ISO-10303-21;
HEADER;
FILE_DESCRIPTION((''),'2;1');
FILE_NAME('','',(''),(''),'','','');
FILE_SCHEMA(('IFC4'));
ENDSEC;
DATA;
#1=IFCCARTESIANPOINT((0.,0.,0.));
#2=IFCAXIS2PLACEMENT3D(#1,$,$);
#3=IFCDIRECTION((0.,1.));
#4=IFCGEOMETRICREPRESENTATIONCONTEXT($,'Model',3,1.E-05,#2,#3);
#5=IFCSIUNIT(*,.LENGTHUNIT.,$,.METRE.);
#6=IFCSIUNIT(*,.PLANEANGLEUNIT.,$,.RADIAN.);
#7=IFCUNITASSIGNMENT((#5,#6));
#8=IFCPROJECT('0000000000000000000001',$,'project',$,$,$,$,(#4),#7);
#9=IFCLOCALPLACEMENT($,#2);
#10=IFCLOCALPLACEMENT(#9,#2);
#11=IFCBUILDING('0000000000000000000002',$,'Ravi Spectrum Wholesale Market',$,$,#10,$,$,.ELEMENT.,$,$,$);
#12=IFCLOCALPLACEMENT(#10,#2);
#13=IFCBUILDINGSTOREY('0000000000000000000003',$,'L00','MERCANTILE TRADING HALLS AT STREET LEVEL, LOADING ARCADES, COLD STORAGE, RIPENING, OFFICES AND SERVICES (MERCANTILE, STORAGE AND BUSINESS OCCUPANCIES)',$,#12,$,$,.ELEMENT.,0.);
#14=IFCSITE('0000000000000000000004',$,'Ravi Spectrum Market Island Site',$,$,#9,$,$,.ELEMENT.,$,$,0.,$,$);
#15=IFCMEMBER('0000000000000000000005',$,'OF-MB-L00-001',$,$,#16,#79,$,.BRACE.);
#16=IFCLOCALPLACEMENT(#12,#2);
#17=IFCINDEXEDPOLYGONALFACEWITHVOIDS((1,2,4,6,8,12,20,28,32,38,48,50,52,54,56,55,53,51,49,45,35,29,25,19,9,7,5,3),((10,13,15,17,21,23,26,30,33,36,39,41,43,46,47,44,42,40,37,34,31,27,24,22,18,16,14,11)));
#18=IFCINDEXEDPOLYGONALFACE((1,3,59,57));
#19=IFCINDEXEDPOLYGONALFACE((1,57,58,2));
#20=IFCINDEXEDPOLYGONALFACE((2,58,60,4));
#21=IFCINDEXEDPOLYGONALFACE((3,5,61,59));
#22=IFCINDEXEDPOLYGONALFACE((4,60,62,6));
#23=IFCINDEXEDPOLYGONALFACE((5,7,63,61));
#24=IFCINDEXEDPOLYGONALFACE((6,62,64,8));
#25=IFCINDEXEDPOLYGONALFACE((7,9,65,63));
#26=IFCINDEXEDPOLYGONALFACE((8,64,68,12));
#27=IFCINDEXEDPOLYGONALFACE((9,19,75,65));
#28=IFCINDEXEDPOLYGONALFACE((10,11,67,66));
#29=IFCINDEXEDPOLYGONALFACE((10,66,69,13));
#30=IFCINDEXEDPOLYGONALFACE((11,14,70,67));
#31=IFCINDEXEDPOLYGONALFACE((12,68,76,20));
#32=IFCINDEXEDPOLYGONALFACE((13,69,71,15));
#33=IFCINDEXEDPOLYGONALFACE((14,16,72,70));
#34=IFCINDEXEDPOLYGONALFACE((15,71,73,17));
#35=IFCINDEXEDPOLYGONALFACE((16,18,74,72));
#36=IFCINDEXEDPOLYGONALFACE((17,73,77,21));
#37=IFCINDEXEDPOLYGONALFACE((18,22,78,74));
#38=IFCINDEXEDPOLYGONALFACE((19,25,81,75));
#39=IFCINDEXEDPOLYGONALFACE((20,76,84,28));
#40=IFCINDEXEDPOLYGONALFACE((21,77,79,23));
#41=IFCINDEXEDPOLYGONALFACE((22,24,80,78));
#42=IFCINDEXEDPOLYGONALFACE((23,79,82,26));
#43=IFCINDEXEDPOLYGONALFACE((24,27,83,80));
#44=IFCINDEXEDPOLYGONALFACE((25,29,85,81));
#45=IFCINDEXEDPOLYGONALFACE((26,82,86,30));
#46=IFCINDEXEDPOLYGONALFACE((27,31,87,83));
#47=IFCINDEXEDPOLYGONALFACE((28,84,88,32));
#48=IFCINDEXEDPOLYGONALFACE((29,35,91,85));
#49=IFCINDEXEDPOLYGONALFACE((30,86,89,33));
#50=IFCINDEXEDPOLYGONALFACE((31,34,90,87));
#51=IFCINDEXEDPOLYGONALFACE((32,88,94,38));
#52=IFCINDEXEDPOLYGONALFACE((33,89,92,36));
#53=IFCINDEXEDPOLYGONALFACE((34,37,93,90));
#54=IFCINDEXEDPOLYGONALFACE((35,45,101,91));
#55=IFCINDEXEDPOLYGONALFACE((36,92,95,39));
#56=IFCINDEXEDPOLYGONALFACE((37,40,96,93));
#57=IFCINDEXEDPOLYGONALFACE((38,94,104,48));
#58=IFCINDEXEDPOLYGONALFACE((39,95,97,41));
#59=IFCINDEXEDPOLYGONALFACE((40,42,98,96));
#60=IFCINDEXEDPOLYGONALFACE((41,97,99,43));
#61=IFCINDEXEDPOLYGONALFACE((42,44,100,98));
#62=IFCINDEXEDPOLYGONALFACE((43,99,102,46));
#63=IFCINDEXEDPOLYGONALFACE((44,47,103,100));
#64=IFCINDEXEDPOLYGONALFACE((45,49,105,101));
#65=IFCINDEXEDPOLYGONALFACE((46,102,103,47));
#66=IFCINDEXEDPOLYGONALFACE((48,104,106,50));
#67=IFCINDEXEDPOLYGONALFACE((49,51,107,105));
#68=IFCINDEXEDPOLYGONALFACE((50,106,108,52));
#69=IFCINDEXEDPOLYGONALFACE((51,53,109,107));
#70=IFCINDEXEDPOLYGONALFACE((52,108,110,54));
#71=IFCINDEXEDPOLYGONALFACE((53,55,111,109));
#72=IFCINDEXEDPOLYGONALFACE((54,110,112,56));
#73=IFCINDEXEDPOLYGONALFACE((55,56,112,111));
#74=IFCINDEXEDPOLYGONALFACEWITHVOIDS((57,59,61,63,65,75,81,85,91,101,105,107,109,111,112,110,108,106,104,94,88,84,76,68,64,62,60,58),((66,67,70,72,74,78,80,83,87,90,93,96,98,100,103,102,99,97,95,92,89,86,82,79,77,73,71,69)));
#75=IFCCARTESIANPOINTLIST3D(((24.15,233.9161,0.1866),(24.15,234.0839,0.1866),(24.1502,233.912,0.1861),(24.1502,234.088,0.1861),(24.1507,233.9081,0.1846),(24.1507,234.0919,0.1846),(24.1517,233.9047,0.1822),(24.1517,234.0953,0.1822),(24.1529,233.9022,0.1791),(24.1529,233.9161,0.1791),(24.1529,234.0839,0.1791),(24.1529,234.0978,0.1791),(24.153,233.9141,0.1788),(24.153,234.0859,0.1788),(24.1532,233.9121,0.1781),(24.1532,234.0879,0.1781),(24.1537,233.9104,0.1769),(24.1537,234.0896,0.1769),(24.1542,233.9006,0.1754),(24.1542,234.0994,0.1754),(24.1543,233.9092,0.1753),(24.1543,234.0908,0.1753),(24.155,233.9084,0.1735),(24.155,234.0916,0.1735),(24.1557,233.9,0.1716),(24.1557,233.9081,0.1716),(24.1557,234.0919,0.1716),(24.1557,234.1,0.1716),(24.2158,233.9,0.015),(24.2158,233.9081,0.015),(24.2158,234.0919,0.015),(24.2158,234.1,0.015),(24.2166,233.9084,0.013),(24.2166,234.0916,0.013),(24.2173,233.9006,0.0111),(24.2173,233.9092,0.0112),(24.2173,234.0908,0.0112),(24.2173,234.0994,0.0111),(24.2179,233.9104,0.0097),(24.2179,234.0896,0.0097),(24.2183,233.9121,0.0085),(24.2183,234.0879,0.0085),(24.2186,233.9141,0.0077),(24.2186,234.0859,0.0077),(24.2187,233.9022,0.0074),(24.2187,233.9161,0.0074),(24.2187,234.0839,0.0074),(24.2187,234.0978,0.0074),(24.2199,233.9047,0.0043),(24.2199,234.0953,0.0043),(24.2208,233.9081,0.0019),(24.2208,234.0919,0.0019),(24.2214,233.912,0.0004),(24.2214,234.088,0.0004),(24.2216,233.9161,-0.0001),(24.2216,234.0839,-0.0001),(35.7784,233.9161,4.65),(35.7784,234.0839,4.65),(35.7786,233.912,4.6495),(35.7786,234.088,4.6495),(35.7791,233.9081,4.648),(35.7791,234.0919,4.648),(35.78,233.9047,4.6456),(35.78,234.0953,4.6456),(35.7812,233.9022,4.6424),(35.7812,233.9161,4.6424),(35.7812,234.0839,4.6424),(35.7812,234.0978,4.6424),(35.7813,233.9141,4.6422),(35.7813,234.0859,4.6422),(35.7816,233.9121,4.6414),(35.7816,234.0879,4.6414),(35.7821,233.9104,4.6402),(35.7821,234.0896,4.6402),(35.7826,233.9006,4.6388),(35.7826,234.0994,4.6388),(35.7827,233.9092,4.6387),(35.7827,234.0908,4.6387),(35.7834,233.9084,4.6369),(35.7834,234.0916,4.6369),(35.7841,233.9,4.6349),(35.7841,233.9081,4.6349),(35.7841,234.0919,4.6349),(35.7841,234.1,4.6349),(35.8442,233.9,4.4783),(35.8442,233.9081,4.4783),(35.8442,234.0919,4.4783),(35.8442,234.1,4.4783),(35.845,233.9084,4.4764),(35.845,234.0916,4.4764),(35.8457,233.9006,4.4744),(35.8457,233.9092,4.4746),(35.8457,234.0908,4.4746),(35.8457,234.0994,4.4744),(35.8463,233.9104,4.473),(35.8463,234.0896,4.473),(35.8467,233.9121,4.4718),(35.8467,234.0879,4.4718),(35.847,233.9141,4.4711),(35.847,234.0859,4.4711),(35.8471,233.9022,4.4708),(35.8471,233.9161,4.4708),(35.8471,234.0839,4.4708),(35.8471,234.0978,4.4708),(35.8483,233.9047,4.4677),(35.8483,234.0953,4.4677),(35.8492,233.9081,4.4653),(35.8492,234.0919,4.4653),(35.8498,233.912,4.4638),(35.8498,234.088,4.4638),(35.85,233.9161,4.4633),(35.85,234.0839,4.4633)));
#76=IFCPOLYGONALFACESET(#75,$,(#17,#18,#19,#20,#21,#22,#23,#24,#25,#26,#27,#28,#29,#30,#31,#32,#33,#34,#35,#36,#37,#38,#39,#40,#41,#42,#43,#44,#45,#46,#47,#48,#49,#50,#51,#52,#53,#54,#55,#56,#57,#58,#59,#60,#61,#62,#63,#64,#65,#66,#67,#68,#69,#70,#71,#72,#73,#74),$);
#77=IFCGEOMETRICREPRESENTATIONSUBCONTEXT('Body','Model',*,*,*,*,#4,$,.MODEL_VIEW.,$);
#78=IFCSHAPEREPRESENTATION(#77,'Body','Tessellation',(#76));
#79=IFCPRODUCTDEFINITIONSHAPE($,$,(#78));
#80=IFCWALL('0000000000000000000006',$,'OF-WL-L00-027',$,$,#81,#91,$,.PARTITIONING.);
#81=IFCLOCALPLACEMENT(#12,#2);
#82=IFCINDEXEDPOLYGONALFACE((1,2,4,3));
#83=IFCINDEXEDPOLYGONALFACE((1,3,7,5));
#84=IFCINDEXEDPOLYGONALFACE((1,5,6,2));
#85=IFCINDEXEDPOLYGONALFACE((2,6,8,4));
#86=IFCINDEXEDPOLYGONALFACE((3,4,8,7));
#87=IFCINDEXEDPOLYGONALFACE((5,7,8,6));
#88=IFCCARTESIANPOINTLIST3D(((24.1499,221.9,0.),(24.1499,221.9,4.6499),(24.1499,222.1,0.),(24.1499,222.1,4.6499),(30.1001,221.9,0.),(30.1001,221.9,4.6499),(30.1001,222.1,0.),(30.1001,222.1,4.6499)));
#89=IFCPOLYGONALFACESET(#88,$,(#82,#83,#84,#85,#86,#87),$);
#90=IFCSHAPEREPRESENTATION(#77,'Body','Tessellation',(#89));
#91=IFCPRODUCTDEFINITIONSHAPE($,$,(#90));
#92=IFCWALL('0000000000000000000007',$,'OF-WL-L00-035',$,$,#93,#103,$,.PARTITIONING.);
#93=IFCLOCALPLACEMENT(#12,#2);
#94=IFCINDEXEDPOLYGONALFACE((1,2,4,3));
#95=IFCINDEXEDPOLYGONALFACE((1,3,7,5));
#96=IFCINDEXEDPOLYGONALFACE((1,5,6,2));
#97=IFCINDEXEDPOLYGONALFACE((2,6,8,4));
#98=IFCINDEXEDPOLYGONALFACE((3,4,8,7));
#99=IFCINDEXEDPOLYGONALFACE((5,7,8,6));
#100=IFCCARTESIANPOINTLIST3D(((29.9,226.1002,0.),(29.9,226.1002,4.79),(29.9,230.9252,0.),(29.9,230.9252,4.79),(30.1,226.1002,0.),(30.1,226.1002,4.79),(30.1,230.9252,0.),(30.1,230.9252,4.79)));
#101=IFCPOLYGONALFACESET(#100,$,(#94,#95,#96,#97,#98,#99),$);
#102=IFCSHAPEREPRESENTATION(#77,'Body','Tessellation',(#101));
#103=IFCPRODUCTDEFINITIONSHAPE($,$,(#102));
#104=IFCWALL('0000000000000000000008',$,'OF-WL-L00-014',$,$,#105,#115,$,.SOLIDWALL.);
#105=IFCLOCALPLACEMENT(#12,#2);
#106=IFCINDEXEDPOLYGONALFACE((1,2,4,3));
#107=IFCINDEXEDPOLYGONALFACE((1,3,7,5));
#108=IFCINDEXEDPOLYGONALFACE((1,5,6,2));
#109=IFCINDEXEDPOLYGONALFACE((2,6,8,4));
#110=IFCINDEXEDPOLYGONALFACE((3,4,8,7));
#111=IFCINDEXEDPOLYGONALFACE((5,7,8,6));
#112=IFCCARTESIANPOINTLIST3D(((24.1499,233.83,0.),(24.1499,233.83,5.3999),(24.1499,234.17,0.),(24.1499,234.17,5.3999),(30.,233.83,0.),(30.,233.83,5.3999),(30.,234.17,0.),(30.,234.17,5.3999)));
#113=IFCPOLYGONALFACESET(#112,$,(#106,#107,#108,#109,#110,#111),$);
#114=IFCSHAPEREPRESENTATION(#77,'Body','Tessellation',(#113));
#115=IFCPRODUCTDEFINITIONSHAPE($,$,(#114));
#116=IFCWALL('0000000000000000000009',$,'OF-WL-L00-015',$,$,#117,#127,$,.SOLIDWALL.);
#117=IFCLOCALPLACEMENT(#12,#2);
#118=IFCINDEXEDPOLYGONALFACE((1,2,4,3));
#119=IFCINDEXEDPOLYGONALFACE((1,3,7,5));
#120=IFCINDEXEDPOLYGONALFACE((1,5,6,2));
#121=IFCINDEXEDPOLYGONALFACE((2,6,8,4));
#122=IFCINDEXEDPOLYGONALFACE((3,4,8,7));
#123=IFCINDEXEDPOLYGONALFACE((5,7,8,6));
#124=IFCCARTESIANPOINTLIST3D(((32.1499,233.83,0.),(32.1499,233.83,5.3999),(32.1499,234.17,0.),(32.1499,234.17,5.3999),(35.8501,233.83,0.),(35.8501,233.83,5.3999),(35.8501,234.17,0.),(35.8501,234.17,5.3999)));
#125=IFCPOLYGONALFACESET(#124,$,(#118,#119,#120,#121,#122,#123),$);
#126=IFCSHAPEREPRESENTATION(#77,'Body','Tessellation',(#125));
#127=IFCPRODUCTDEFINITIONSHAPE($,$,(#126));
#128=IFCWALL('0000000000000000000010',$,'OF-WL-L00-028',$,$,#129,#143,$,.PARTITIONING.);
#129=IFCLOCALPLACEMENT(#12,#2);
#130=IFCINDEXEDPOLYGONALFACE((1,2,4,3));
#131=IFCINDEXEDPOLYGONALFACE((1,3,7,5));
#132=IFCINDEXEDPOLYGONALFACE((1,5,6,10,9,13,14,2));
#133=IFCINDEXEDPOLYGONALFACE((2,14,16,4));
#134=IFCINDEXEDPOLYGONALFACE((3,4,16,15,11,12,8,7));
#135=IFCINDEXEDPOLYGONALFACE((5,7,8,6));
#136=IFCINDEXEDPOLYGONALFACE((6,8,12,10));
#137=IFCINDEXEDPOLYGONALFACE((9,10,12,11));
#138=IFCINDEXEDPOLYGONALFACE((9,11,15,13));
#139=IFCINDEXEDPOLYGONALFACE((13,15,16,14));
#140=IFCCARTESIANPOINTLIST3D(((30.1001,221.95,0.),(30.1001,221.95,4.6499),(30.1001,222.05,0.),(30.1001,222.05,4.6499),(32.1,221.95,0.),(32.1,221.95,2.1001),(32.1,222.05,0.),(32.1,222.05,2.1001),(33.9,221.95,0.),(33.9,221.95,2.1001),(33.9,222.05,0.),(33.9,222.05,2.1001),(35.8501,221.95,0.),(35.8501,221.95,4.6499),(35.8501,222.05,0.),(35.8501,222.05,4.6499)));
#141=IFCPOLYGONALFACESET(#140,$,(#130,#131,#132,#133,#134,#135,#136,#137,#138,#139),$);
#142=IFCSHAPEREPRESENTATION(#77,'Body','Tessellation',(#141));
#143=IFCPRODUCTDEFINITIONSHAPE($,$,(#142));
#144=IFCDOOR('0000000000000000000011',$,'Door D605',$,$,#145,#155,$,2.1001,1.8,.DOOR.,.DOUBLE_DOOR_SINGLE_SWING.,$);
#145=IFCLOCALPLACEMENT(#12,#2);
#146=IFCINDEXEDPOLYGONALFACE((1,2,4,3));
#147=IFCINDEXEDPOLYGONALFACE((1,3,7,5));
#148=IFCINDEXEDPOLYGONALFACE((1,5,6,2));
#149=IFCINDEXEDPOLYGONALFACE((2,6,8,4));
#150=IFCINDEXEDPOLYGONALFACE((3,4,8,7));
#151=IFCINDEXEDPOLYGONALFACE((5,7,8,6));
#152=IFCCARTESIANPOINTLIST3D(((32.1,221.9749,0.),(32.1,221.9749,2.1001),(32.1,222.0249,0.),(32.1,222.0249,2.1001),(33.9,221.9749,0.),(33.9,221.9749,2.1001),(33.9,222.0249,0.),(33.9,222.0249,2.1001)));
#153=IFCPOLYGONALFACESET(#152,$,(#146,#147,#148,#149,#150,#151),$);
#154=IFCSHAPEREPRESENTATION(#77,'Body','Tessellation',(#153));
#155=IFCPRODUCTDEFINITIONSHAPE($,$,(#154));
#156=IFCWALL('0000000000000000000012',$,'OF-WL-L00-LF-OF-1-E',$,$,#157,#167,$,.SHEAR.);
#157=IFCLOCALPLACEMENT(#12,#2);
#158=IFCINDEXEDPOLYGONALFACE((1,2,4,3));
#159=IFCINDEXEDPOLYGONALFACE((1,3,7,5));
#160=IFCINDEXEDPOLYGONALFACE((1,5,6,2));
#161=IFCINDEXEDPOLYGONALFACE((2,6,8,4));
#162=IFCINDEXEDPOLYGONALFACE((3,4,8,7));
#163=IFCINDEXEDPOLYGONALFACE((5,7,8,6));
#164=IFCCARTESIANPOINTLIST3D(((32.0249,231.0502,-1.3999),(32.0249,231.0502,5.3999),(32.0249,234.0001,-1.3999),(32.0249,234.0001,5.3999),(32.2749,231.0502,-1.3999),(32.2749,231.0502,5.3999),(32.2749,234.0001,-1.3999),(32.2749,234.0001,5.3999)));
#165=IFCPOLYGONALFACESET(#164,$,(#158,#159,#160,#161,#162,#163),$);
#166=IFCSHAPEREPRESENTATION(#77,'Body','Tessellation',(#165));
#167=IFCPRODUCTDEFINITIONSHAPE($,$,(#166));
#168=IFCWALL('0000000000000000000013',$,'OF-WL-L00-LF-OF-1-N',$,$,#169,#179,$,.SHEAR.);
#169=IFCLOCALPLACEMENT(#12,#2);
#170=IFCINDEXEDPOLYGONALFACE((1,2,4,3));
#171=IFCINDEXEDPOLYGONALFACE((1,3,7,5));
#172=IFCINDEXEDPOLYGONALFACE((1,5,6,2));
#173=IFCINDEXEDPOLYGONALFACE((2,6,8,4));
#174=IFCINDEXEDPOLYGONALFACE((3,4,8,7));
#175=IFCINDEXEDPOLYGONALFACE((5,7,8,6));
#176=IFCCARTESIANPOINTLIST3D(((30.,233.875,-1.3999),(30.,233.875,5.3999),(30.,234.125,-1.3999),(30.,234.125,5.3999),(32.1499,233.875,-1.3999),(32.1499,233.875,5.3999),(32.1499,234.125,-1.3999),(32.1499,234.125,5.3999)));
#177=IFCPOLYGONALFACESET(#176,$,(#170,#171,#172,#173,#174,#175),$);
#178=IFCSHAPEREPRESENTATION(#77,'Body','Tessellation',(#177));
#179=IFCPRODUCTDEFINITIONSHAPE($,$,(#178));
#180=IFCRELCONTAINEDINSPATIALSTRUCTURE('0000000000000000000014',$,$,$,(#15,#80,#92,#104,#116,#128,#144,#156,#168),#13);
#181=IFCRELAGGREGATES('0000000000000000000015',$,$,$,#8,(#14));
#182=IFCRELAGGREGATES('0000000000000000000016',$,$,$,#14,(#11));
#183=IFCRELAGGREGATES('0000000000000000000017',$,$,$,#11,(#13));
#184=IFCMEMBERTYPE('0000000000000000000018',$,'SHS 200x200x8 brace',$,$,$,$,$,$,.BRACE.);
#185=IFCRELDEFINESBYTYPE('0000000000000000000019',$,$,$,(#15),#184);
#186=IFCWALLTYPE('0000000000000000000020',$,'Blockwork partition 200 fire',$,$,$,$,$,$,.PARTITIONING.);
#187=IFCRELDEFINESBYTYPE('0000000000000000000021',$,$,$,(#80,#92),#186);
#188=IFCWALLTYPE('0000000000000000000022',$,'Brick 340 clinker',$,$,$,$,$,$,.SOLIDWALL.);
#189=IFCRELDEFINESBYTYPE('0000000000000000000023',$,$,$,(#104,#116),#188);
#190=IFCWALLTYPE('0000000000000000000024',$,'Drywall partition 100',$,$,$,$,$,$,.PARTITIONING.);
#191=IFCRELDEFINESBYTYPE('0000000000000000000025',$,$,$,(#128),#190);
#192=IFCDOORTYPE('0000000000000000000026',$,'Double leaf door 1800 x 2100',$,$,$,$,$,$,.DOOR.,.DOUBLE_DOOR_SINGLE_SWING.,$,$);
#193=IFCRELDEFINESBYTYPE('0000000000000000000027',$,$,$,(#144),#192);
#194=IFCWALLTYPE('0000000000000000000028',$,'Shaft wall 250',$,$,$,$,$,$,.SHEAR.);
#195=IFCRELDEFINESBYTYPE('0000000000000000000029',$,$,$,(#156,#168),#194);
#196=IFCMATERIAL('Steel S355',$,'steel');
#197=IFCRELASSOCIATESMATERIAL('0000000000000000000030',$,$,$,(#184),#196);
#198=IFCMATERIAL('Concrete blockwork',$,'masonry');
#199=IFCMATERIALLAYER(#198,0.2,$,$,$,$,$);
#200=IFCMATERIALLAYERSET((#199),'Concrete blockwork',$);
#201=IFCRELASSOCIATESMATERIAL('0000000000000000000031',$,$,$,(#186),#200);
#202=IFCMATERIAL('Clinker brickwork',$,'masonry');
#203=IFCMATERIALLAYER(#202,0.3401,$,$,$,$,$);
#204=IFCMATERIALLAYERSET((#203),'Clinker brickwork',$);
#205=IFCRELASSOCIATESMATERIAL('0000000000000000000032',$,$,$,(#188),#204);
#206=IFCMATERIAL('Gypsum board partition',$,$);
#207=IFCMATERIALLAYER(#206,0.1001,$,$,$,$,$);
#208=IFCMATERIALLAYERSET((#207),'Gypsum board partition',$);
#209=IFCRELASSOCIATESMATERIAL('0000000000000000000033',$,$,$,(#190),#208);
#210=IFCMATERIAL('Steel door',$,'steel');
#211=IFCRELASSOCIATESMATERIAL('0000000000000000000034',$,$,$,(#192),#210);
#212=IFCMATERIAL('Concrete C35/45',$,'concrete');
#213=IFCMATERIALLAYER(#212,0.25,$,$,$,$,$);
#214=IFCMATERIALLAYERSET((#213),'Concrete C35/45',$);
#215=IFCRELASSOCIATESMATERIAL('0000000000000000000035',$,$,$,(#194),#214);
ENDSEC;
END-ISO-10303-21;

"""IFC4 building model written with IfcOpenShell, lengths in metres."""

from ifc_helpers import new_model, si_unit, direction, frame, frame_2d, origin, origin_2d, place, context, subcontext, project, spatial, rectangle, hollow_rectangle, extrude, material, layer, layer_set, material_profile, profile_set, type_object, element, fill, save


model = new_model("IFC4")

# Units and contexts
model_context = context("Model", 3, precision=1e-05, world=origin(), true_north=direction((0.0, 1.0)))
body_context = subcontext(model_context, "Body", "Model", "MODEL_VIEW")
ifc_project = project(units=[si_unit("LENGTHUNIT", "METRE"), si_unit("PLANEANGLEUNIT", "RADIAN")], contexts=[model_context])

# Site, building, storey
site_placement = place(None, origin())
site = spatial("IfcSite", under=ifc_project, at=site_placement, Name="Ravi Spectrum Market Island Site", CompositionType="ELEMENT", RefElevation=0.0)
building_placement = place(site_placement, origin())
building = spatial("IfcBuilding", under=site, at=building_placement, Name="Ravi Spectrum Wholesale Market", CompositionType="ELEMENT")
storey_placement = place(building_placement, origin())
storey = spatial("IfcBuildingStorey", under=building, at=storey_placement, Name="L00", Description="MERCANTILE TRADING HALLS AT STREET LEVEL, LOADING ARCADES, COLD STORAGE, RIPENING, OFFICES AND SERVICES (MERCANTILE, STORAGE AND BUSINESS OCCUPANCIES)", CompositionType="ELEMENT", Elevation=0.0)

# Member
ifc_material_1 = material(Name="Steel S355", Category="steel")
ifc_material_profile_1 = material_profile(ifc_material_1, hollow_rectangle(XDim=0.2, YDim=0.2, WallThickness=0.0081, InnerFilletRadius=0.0081, OuterFilletRadius=0.0161, at=origin_2d()))
ifc_profile_set_1 = profile_set([ifc_material_profile_1], Name="Steel S355")
member_type = type_object("IfcMemberType", Name="SHS 200x200x8 brace", PredefinedType="BRACE", material=ifc_profile_set_1)
member_placement = place(storey_placement, frame((24.1858, 234.0, 0.0933), z_axis=(0.93359, 0.0, 0.358343), x_axis=(0.0, 1.0, 0.0)))
element("IfcMember", 1, at=member_placement, inside=storey, type_object=member_type, Name="OF-MB-L00-001", PredefinedType="BRACE", context=body_context, shape_type="SweptSolid", body=[
    extrude(hollow_rectangle(XDim=0.2, YDim=0.2, WallThickness=0.0081, InnerFilletRadius=0.0081, OuterFilletRadius=0.0161, at=origin_2d()), origin(), (0.0, 0.0, 1.0), 12.4556),
])

# Walls
ifc_material_2 = material(Name="Concrete blockwork", Category="masonry")
ifc_layer_1 = layer(ifc_material_2, 0.2)
ifc_layer_set_1 = layer_set([ifc_layer_1], Name="Concrete blockwork")
wall_type_1 = type_object("IfcWallType", Name="Blockwork partition 200 fire", PredefinedType="PARTITIONING", material=ifc_layer_set_1)
wall_1_placement = place(storey_placement, frame((24.1499, 222.0, 0.0), z_axis=(0.0, 0.0, 1.0), x_axis=(1.0, 0.0, 0.0)))
element("IfcWall", 2, at=wall_1_placement, inside=storey, type_object=wall_type_1, Name="OF-WL-L00-027", PredefinedType="PARTITIONING", context=body_context, shape_type="SweptSolid", body=[
    extrude(rectangle(XDim=5.9502, YDim=0.2, at=frame_2d((2.9751, 0.0))), origin(), (0.0, 0.0, 1.0), 4.6499),
])
wall_2_placement = place(storey_placement, frame((30.0, 226.1001, 0.0), z_axis=(0.0, 0.0, 1.0), x_axis=(0.0, 1.0, 0.0)))
element("IfcWall", 3, at=wall_2_placement, inside=storey, type_object=wall_type_1, Name="OF-WL-L00-035", PredefinedType="PARTITIONING", context=body_context, shape_type="SweptSolid", body=[
    extrude(rectangle(XDim=4.825, YDim=0.2, at=frame_2d((2.4126, 0.0))), origin(), (0.0, 0.0, 1.0), 4.79),
])
ifc_material_3 = material(Name="Clinker brickwork", Category="masonry")
ifc_layer_2 = layer(ifc_material_3, 0.3401)
ifc_layer_set_2 = layer_set([ifc_layer_2], Name="Clinker brickwork")
wall_type_2 = type_object("IfcWallType", Name="Brick 340 clinker", PredefinedType="SOLIDWALL", material=ifc_layer_set_2)
wall_3_placement = place(storey_placement, frame((24.1499, 234.0, 0.0), z_axis=(0.0, 0.0, 1.0), x_axis=(1.0, 0.0, 0.0)))
element("IfcWall", 4, at=wall_3_placement, inside=storey, type_object=wall_type_2, Name="OF-WL-L00-014", PredefinedType="SOLIDWALL", context=body_context, shape_type="SweptSolid", body=[
    extrude(rectangle(XDim=5.8501, YDim=0.3401, at=frame_2d((2.925, 0.0))), origin(), (0.0, 0.0, 1.0), 5.3999),
])
wall_4_placement = place(storey_placement, frame((32.1499, 234.0, 0.0), z_axis=(0.0, 0.0, 1.0), x_axis=(1.0, 0.0, 0.0)))
element("IfcWall", 5, at=wall_4_placement, inside=storey, type_object=wall_type_2, Name="OF-WL-L00-015", PredefinedType="SOLIDWALL", context=body_context, shape_type="SweptSolid", body=[
    extrude(rectangle(XDim=3.7002, YDim=0.3401, at=frame_2d((1.8501, 0.0))), origin(), (0.0, 0.0, 1.0), 5.3999),
])

# Wall, opening, door
ifc_material_4 = material(Name="Gypsum board partition")
ifc_layer_3 = layer(ifc_material_4, 0.1001)
ifc_layer_set_3 = layer_set([ifc_layer_3], Name="Gypsum board partition")
wall_type_3 = type_object("IfcWallType", Name="Drywall partition 100", PredefinedType="PARTITIONING", material=ifc_layer_set_3)
wall_5_placement = place(storey_placement, frame((30.1001, 222.0, 0.0), z_axis=(0.0, 0.0, 1.0), x_axis=(1.0, 0.0, 0.0)))
wall_5 = element("IfcWall", 6, at=wall_5_placement, inside=storey, type_object=wall_type_3, Name="OF-WL-L00-028", PredefinedType="PARTITIONING", context=body_context, shape_type="SweptSolid", body=[
    extrude(rectangle(XDim=5.75, YDim=0.1001, at=frame_2d((2.875, 0.0))), origin(), (0.0, 0.0, 1.0), 4.6499),
])
opening_1_placement = place(wall_5_placement, frame((2.0, 0.0, 0.0)))
opening_1 = element("IfcOpeningElement", 7, at=opening_1_placement, cuts=wall_5, PredefinedType="OPENING", context=body_context, shape_type="SweptSolid", body=[
    extrude(rectangle(XDim=1.8, YDim=2.1001, at=frame_2d((0.8999, 1.05))), frame((0.0, 0.0601, 0.0), z_axis=(0.0, -1.0, 0.0), x_axis=(1.0, 0.0, 0.0)), (0.0, 0.0, 1.0), 0.1201),
])
ifc_material_5 = material(Name="Steel door", Category="steel")
door_type_1 = type_object("IfcDoorType", Name="Double leaf door 1800 x 2100", OperationType="DOUBLE_DOOR_SINGLE_SWING", PredefinedType="DOOR", material=ifc_material_5)
door_1_placement = place(opening_1_placement, origin())
door_1 = element("IfcDoor", 8, at=door_1_placement, inside=storey, type_object=door_type_1, Name="Door D605", OperationType="DOUBLE_DOOR_SINGLE_SWING", OverallHeight=2.1001, OverallWidth=1.8, PredefinedType="DOOR", context=body_context, shape_type="SweptSolid", body=[
    extrude(rectangle(XDim=1.8, YDim=2.1001, at=frame_2d((0.8999, 1.05))), frame((0.0, 0.0249, 0.0), z_axis=(0.0, -1.0, 0.0), x_axis=(1.0, 0.0, 0.0)), (0.0, 0.0, 1.0), 0.05),
])
fill(opening_1, door_1)

# Walls
ifc_material_6 = material(Name="Concrete C35/45", Category="concrete")
ifc_layer_4 = layer(ifc_material_6, 0.25)
ifc_layer_set_4 = layer_set([ifc_layer_4], Name="Concrete C35/45")
wall_type_4 = type_object("IfcWallType", Name="Shaft wall 250", PredefinedType="SHEAR", material=ifc_layer_set_4)
wall_6_placement = place(storey_placement, frame((32.1499, 231.05, -1.3999), z_axis=(0.0, 0.0, 1.0), x_axis=(0.0, 1.0, 0.0)))
element("IfcWall", 9, at=wall_6_placement, inside=storey, type_object=wall_type_4, Name="OF-WL-L00-LF-OF-1-E", PredefinedType="SHEAR", context=body_context, shape_type="SweptSolid", body=[
    extrude(rectangle(XDim=2.95, YDim=0.25, at=frame_2d((1.4751, 0.0))), origin(), (0.0, 0.0, 1.0), 6.7998),
])
wall_7_placement = place(storey_placement, frame((32.1499, 234.0, -1.3999), z_axis=(0.0, 0.0, 1.0), x_axis=(-1.0, 0.0, 0.0)))
element("IfcWall", 10, at=wall_7_placement, inside=storey, type_object=wall_type_4, Name="OF-WL-L00-LF-OF-1-N", PredefinedType="SHEAR", context=body_context, shape_type="SweptSolid", body=[
    extrude(rectangle(XDim=2.1499, YDim=0.25, at=frame_2d((1.075, 0.0))), origin(), (0.0, 0.0, 1.0), 6.7998),
])

save(model, "model.ifc")
